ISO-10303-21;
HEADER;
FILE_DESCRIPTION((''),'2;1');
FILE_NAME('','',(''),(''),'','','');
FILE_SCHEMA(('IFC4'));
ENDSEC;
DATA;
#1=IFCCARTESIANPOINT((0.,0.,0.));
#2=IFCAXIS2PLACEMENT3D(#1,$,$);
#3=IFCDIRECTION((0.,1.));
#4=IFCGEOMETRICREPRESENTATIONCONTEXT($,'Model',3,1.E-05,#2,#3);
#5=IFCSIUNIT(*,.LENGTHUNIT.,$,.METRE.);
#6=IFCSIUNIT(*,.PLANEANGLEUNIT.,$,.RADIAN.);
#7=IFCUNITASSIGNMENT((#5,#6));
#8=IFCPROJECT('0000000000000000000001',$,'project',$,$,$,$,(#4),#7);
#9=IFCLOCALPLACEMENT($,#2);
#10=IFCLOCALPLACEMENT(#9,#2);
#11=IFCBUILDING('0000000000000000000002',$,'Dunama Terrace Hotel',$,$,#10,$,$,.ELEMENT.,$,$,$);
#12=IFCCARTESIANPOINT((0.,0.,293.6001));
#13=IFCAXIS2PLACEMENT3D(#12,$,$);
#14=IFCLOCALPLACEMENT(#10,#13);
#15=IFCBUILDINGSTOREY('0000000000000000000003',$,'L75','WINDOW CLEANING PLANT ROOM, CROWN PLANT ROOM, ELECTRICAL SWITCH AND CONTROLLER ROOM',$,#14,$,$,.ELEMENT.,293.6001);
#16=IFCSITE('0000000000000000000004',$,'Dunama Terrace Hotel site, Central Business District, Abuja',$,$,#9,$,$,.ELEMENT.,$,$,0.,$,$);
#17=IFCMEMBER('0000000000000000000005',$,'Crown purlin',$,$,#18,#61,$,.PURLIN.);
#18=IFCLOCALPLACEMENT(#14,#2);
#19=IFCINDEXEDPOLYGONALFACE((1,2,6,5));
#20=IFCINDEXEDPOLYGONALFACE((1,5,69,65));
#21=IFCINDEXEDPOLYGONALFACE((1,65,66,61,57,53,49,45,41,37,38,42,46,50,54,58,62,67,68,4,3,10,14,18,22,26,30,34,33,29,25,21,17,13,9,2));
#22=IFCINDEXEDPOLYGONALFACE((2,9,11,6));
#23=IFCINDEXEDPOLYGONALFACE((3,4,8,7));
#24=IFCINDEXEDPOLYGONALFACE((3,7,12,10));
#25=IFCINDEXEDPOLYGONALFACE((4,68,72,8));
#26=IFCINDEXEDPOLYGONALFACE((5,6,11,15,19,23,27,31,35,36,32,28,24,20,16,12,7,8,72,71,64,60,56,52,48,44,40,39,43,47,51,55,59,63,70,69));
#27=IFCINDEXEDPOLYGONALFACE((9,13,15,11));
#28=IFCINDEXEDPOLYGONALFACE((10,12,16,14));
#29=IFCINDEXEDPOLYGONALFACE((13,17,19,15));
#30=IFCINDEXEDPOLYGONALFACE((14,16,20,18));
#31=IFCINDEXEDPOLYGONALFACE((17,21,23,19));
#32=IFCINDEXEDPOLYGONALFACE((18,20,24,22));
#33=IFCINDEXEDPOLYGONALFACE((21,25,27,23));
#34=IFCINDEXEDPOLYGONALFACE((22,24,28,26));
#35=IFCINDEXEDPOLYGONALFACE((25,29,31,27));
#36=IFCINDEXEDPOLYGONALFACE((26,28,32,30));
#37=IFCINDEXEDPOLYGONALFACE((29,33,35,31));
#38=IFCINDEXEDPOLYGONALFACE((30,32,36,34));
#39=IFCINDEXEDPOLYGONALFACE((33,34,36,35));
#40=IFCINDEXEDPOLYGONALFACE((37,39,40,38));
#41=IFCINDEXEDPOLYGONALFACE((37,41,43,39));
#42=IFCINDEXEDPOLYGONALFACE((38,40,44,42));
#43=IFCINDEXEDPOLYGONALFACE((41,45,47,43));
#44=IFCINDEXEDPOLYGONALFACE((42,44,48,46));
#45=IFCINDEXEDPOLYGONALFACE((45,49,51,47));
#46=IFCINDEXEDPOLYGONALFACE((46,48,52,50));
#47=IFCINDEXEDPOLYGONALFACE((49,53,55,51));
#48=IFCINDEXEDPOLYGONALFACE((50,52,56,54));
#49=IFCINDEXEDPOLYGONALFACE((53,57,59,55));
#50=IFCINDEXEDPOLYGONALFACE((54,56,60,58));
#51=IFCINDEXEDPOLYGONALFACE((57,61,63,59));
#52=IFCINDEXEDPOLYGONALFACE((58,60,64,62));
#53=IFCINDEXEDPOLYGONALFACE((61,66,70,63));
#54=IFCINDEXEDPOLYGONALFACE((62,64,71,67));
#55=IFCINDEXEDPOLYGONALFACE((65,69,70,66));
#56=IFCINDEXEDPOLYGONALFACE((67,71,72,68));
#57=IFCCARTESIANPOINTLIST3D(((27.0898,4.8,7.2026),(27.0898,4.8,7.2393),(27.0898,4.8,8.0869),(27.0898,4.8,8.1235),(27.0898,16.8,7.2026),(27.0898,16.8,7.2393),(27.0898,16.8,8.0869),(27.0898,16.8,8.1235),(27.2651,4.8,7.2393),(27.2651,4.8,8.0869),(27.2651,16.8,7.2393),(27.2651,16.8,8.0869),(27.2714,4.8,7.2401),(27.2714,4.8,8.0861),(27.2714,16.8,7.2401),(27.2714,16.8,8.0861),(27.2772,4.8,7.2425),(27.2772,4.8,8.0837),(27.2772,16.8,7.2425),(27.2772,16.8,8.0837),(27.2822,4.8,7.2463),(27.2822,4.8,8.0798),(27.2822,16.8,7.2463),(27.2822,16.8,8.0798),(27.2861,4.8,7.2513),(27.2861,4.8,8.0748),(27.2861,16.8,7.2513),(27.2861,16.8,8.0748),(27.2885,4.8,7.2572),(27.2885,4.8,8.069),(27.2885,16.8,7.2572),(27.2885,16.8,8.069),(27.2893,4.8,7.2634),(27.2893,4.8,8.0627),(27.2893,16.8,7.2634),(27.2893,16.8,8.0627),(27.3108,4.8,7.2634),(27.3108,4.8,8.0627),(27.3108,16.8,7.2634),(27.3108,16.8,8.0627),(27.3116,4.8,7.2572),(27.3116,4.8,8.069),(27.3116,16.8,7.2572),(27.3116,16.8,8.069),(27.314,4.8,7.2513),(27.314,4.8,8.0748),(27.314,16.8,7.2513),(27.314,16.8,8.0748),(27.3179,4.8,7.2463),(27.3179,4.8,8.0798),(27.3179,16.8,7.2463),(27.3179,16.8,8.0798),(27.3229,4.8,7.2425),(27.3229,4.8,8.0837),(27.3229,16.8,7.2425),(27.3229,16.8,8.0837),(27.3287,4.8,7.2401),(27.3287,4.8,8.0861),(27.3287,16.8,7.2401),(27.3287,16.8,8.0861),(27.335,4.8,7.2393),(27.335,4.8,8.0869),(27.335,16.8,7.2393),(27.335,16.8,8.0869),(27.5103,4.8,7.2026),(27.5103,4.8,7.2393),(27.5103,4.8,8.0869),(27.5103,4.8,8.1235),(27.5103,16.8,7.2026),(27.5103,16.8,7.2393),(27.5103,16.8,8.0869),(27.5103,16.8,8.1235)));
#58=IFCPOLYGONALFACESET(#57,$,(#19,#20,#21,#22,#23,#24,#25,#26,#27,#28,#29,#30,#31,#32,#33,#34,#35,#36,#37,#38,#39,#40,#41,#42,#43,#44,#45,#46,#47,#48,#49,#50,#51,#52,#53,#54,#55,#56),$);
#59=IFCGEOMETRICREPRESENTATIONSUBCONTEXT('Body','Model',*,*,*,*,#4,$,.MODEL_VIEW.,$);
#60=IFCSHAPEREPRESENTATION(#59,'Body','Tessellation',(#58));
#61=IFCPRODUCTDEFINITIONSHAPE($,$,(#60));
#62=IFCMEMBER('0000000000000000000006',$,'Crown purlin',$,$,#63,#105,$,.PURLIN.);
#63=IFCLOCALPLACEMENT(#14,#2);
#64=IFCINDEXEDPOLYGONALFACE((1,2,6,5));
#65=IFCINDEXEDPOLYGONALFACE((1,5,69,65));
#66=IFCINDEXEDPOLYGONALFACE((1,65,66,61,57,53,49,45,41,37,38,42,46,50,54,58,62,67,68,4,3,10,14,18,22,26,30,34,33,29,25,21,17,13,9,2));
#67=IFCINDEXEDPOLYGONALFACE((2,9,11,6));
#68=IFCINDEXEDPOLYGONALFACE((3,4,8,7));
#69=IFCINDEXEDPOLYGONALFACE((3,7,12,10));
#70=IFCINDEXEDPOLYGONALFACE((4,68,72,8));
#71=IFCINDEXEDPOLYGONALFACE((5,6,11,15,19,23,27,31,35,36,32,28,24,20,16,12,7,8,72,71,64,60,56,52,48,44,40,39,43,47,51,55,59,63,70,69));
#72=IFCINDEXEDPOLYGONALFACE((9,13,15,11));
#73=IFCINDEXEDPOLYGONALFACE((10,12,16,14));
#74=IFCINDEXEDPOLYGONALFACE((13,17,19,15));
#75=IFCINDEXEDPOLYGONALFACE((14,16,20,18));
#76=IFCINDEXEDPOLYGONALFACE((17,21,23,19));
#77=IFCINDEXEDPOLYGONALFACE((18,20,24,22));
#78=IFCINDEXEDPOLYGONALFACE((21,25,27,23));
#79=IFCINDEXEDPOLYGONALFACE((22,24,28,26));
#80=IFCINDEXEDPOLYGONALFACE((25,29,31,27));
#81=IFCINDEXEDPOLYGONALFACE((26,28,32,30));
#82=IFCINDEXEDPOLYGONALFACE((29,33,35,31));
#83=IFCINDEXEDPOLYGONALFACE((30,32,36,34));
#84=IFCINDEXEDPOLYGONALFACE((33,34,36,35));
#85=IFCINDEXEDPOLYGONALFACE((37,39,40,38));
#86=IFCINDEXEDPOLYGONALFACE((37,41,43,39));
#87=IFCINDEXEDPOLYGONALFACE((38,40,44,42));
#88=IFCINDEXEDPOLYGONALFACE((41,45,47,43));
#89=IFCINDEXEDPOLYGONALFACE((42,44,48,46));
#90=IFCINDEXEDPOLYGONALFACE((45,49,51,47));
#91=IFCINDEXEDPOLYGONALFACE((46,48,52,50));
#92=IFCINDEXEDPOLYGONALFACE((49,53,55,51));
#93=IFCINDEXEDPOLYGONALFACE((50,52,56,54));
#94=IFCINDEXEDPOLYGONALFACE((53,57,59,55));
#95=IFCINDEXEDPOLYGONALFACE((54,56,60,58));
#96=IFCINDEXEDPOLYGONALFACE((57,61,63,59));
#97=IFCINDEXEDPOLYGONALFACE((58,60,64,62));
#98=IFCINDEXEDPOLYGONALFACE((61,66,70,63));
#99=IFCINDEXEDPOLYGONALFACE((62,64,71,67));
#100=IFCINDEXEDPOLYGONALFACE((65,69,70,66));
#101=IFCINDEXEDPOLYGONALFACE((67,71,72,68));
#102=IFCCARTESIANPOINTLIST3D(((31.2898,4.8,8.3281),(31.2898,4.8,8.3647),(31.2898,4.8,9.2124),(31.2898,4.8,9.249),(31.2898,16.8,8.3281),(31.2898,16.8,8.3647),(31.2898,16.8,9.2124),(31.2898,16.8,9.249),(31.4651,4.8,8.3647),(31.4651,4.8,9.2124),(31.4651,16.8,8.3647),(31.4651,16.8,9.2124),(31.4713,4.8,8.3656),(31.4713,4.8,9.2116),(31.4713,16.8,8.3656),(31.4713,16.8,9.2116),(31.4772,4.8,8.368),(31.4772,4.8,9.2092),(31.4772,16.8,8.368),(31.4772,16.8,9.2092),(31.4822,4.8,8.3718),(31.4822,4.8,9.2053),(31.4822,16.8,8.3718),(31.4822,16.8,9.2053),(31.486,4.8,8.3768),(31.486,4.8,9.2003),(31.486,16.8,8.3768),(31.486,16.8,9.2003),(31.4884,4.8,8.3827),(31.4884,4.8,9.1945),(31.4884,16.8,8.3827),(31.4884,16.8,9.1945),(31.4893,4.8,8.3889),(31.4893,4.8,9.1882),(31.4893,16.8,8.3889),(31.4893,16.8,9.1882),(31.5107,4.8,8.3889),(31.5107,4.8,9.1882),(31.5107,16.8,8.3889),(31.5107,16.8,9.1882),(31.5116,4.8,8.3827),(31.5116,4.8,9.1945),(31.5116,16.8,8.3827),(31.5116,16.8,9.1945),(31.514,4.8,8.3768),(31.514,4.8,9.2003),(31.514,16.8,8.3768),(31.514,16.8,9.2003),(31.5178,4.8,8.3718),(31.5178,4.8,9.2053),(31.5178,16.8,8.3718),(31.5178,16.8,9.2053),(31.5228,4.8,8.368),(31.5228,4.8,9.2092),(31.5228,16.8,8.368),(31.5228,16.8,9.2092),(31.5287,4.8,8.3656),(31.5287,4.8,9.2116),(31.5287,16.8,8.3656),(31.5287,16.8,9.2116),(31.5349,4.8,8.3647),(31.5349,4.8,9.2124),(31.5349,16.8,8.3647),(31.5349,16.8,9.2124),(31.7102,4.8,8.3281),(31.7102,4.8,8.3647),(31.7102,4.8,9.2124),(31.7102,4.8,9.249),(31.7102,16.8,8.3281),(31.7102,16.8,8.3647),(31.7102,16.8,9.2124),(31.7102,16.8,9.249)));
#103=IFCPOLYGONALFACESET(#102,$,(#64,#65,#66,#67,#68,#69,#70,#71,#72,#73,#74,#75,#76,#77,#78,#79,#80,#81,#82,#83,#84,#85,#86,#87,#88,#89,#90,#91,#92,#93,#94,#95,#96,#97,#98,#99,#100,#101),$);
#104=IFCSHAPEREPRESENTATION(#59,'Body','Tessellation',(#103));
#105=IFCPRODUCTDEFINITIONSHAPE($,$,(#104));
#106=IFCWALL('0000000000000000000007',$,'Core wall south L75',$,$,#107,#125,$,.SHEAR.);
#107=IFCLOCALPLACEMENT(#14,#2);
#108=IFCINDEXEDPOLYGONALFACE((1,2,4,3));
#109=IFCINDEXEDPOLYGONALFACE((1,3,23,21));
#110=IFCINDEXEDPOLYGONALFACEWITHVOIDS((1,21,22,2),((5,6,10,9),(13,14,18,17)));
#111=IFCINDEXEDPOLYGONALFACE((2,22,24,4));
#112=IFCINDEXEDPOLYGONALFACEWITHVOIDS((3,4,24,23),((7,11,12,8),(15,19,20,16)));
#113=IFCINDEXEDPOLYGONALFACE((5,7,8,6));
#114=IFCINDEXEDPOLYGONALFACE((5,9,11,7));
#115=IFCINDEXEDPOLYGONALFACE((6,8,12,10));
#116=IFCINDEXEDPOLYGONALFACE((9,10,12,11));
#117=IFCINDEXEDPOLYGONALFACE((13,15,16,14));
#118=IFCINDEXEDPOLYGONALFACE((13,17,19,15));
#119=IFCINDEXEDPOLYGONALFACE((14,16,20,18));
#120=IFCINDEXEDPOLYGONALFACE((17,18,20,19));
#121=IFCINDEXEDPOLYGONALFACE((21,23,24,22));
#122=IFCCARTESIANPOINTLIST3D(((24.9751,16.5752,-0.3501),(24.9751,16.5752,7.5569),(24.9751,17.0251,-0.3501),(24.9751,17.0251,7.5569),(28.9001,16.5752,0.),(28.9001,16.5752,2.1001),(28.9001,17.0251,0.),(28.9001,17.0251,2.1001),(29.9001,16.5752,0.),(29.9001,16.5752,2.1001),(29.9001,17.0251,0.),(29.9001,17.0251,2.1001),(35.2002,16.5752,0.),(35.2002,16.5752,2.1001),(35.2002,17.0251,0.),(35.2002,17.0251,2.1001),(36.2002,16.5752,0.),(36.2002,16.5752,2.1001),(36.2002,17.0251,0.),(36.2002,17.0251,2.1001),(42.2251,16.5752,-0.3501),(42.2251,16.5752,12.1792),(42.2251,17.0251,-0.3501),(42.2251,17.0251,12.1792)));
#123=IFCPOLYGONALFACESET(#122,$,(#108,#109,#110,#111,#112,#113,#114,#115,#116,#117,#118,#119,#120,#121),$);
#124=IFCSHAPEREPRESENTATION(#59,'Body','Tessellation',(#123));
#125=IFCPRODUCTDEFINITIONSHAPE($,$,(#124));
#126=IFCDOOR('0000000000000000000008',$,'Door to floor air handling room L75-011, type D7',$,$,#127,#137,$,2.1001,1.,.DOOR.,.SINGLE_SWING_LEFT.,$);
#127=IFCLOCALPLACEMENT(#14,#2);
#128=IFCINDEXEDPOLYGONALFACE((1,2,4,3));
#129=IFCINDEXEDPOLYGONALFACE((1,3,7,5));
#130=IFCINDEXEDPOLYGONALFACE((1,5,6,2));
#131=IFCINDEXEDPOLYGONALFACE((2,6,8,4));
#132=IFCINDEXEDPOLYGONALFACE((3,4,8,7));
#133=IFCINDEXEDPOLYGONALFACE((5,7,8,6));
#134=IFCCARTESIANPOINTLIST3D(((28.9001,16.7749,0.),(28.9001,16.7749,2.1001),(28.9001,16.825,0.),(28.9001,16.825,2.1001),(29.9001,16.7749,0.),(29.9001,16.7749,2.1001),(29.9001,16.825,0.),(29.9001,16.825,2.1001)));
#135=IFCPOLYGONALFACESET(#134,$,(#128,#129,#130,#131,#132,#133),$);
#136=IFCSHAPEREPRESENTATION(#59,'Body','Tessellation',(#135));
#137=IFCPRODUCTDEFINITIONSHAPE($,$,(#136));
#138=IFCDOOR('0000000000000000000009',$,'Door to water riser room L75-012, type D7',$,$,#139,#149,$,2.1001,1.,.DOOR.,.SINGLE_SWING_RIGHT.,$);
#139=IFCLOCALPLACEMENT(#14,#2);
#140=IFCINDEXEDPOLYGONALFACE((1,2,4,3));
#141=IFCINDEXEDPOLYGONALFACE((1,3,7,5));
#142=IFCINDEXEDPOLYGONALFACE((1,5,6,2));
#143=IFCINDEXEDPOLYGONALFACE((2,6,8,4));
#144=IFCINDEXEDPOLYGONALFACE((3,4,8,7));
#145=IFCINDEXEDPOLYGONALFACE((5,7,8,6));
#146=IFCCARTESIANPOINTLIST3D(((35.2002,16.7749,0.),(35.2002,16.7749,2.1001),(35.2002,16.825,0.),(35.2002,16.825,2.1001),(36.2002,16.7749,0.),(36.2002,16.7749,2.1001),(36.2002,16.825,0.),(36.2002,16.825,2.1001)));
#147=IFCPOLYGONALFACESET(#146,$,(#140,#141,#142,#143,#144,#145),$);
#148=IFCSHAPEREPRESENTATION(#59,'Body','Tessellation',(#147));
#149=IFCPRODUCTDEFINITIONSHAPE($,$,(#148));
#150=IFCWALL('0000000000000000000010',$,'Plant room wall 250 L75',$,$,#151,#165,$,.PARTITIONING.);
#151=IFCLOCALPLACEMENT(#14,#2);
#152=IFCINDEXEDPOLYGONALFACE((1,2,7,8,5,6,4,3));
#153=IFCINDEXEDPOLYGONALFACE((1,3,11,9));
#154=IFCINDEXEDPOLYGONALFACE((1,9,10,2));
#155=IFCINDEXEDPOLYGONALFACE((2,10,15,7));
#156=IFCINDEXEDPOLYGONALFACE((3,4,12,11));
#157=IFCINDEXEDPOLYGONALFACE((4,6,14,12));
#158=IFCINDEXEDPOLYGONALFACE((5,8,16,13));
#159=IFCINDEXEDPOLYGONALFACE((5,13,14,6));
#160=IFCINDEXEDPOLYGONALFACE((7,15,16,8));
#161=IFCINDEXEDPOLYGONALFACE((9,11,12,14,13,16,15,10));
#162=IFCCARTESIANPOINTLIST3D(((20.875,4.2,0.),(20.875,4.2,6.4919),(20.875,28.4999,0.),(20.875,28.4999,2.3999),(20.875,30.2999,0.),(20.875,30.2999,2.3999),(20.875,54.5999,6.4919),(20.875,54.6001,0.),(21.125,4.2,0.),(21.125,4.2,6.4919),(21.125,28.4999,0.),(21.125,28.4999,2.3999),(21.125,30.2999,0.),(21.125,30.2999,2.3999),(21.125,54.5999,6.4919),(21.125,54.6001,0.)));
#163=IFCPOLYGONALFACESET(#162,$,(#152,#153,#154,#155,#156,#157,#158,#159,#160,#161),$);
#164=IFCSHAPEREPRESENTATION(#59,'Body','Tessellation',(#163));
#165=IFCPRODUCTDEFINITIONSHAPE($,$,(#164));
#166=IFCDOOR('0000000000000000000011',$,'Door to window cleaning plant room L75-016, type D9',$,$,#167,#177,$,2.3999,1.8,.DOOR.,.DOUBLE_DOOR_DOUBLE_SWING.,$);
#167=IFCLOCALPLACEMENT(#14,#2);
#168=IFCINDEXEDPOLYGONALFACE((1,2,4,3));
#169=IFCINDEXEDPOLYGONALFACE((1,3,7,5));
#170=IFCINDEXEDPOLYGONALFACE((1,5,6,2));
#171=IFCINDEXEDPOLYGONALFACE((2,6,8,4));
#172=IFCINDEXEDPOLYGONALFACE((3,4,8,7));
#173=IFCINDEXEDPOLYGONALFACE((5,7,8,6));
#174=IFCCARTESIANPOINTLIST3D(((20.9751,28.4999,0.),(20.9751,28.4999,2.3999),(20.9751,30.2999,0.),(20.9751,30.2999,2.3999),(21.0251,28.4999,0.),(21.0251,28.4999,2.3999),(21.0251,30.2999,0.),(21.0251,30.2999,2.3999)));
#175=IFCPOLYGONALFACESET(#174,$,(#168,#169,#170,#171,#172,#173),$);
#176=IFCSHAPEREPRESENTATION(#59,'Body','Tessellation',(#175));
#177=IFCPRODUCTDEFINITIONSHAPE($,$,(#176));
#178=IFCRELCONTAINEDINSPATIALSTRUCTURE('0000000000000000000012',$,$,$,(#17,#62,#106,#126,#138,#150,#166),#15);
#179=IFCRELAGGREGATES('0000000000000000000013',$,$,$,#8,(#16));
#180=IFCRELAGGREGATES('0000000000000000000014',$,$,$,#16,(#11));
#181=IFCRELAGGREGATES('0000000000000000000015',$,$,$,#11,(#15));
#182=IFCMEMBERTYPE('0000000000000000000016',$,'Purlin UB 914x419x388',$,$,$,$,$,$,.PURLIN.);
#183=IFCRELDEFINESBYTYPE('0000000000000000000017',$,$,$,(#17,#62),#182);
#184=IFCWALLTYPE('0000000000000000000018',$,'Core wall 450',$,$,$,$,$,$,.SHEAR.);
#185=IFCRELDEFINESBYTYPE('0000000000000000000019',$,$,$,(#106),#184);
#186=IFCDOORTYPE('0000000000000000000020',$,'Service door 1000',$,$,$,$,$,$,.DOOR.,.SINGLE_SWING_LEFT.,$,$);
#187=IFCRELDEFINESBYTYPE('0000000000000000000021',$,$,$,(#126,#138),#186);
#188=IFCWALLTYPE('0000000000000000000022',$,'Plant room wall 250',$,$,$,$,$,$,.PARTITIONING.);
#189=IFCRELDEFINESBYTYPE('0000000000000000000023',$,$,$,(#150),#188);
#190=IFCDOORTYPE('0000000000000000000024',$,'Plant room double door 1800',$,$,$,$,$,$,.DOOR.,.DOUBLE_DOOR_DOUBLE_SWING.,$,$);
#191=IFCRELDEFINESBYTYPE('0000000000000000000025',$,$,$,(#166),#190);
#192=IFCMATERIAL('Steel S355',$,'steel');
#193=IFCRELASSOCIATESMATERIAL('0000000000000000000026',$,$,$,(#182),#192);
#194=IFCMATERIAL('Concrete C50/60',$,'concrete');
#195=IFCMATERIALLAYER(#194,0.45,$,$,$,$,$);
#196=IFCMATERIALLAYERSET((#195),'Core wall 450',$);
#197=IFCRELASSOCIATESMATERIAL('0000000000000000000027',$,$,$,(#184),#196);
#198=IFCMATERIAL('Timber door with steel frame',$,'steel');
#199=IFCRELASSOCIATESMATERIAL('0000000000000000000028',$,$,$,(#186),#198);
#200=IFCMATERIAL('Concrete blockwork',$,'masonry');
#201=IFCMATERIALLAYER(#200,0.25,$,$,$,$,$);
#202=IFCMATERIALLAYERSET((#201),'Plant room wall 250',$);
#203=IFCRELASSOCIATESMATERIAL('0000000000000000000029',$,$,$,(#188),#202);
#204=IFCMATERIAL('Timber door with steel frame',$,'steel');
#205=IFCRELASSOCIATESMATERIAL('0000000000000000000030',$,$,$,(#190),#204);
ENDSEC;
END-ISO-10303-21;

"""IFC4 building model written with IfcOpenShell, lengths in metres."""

from ifc_helpers import new_model, si_unit, direction, frame, frame_2d, origin, origin_2d, place, context, subcontext, project, spatial, polyline, rectangle, i_section, outline, extrude, material, layer, layer_set, material_profile, profile_set, type_object, element, fill, save


model = new_model("IFC4")

# Units and contexts
model_context = context("Model", 3, precision=1e-05, world=origin(), true_north=direction((0.0, 1.0)))
body_context = subcontext(model_context, "Body", "Model", "MODEL_VIEW")
ifc_project = project(units=[si_unit("LENGTHUNIT", "METRE"), si_unit("PLANEANGLEUNIT", "RADIAN")], contexts=[model_context])

# Site, building, storey
site_placement = place(None, origin())
site = spatial("IfcSite", under=ifc_project, at=site_placement, Name="Dunama Terrace Hotel site, Central Business District, Abuja", CompositionType="ELEMENT", RefElevation=0.0)
building_placement = place(site_placement, origin())
building = spatial("IfcBuilding", under=site, at=building_placement, Name="Dunama Terrace Hotel", CompositionType="ELEMENT")
storey_placement = place(building_placement, frame((0.0, 0.0, 293.6001)))
storey = spatial("IfcBuildingStorey", under=building, at=storey_placement, Name="L75", Description="WINDOW CLEANING PLANT ROOM, CROWN PLANT ROOM, ELECTRICAL SWITCH AND CONTROLLER ROOM", CompositionType="ELEMENT", Elevation=293.6001)

# Members
ifc_material_1 = material(Name="Steel S355", Category="steel")
ifc_material_profile_1 = material_profile(ifc_material_1, i_section(OverallWidth=0.4204, OverallDepth=0.9209, WebThickness=0.0215, FlangeThickness=0.0366, FilletRadius=0.0242, at=origin_2d()), Name="UB 914x419x388")
ifc_profile_set_1 = profile_set([ifc_material_profile_1], Name="Steel S355")
member_type_1 = type_object("IfcMemberType", Name="Purlin UB 914x419x388", PredefinedType="PURLIN", material=ifc_profile_set_1)
for number, where, z_axis, x_axis, name in (
    (1, (27.3, 4.8, 7.6631), (0.0, 1.0, 0.0), (-1.0, 0.0, 0.0), "Crown purlin"),
    (2, (31.5, 4.8, 8.7886), (0.0, 1.0, 0.0), (-1.0, 0.0, 0.0), "Crown purlin"),
):
    element("IfcMember", number, at=place(storey_placement, frame(where, z_axis=z_axis, x_axis=x_axis)), inside=storey, type_object=member_type_1, Name=name, PredefinedType="PURLIN", context=body_context, shape_type="SweptSolid", body=[
        extrude(i_section(OverallWidth=0.4204, OverallDepth=0.9209, WebThickness=0.0215, FlangeThickness=0.0366, FilletRadius=0.0242, at=origin_2d()), origin(), (0.0, 0.0, 1.0), 12.0),
    ])

# Wall, openings, doors
ifc_material_2 = material(Name="Concrete C50/60", Category="concrete")
ifc_layer_1 = layer(ifc_material_2, 0.45)
ifc_layer_set_1 = layer_set([ifc_layer_1], Name="Core wall 450")
wall_type_1 = type_object("IfcWallType", Name="Core wall 450", PredefinedType="SHEAR", material=ifc_layer_set_1)
wall_1_placement = place(storey_placement, frame((24.9751, 16.8, -0.3501), z_axis=(0.0, 0.0, 1.0), x_axis=(1.0, 0.0, 0.0)))
wall_1 = element("IfcWall", 3, at=wall_1_placement, inside=storey, type_object=wall_type_1, Name="Core wall south L75", PredefinedType="SHEAR", context=body_context, shape_type="SweptSolid", body=[
    extrude(outline(polyline([(0.0, 0.0), (17.25, 0.0), (17.25, 12.5293), (0.0, 7.907), (0.0, 0.0)])), frame((0.0, 0.2251, 0.0), z_axis=(0.0, -1.0, 0.0), x_axis=(1.0, 0.0, 0.0)), (0.0, 0.0, 1.0), 0.45),
])
opening_1_placement = place(wall_1_placement, frame((3.925, 0.0, 0.3501)))
opening_1 = element("IfcOpeningElement", 4, at=opening_1_placement, cuts=wall_1, PredefinedType="OPENING", context=body_context, shape_type="SweptSolid", body=[
    extrude(rectangle(XDim=1.0, YDim=2.1001, at=frame_2d((0.5, 1.05))), frame((0.0, 0.2349, 0.0), z_axis=(0.0, -1.0, 0.0), x_axis=(1.0, 0.0, 0.0)), (0.0, 0.0, 1.0), 0.47),
])
opening_2_placement = place(wall_1_placement, frame((10.2251, 0.0, 0.3501)))
opening_2 = element("IfcOpeningElement", 5, at=opening_2_placement, cuts=wall_1, PredefinedType="OPENING", context=body_context, shape_type="SweptSolid", body=[
    extrude(rectangle(XDim=1.0, YDim=2.1001, at=frame_2d((0.5, 1.05))), frame((0.0, 0.2349, 0.0), z_axis=(0.0, -1.0, 0.0), x_axis=(1.0, 0.0, 0.0)), (0.0, 0.0, 1.0), 0.47),
])
ifc_material_3 = material(Name="Timber door with steel frame", Category="steel")
door_type_1 = type_object("IfcDoorType", Name="Service door 1000", OperationType="SINGLE_SWING_LEFT", PredefinedType="DOOR", material=ifc_material_3)
door_1_placement = place(opening_1_placement, origin())
door_1 = element("IfcDoor", 6, at=door_1_placement, inside=storey, type_object=door_type_1, Name="Door to floor air handling room L75-011, type D7", OperationType="SINGLE_SWING_LEFT", OverallHeight=2.1001, OverallWidth=1.0, PredefinedType="DOOR", context=body_context, shape_type="SweptSolid", body=[
    extrude(rectangle(XDim=1.0, YDim=2.1001, at=frame_2d((0.5, 1.05))), frame((0.0, 0.0249, 0.0), z_axis=(0.0, -1.0, 0.0), x_axis=(1.0, 0.0, 0.0)), (0.0, 0.0, 1.0), 0.05),
])
fill(opening_1, door_1)
door_2_placement = place(opening_2_placement, origin())
door_2 = element("IfcDoor", 7, at=door_2_placement, inside=storey, type_object=door_type_1, Name="Door to water riser room L75-012, type D7", OperationType="SINGLE_SWING_RIGHT", OverallHeight=2.1001, OverallWidth=1.0, PredefinedType="DOOR", context=body_context, shape_type="SweptSolid", body=[
    extrude(rectangle(XDim=1.0, YDim=2.1001, at=frame_2d((0.5, 1.05))), frame((0.0, 0.0249, 0.0), z_axis=(0.0, -1.0, 0.0), x_axis=(1.0, 0.0, 0.0)), (0.0, 0.0, 1.0), 0.05),
])
fill(opening_2, door_2)

# Wall, opening, door
ifc_material_4 = material(Name="Concrete blockwork", Category="masonry")
ifc_layer_2 = layer(ifc_material_4, 0.25)
ifc_layer_set_2 = layer_set([ifc_layer_2], Name="Plant room wall 250")
wall_type_2 = type_object("IfcWallType", Name="Plant room wall 250", PredefinedType="PARTITIONING", material=ifc_layer_set_2)
wall_2_placement = place(storey_placement, frame((21.0, 4.2, 0.0), z_axis=(0.0, 0.0, 1.0), x_axis=(0.0, 1.0, 0.0)))
wall_2 = element("IfcWall", 8, at=wall_2_placement, inside=storey, type_object=wall_type_2, Name="Plant room wall 250 L75", PredefinedType="PARTITIONING", context=body_context, shape_type="SweptSolid", body=[
    extrude(outline(polyline([(0.0, 0.0), (50.4001, 0.0), (50.3999, 6.4919), (0.0, 6.4919), (0.0, 0.0)])), frame((0.0, 0.125, 0.0), z_axis=(0.0, -1.0, 0.0), x_axis=(1.0, 0.0, 0.0)), (0.0, 0.0, 1.0), 0.25),
])
opening_3_placement = place(wall_2_placement, frame((24.3, 0.0, 0.0)))
opening_3 = element("IfcOpeningElement", 9, at=opening_3_placement, cuts=wall_2, PredefinedType="OPENING", context=body_context, shape_type="SweptSolid", body=[
    extrude(rectangle(XDim=1.8, YDim=2.3999, at=frame_2d((0.8999, 1.2))), frame((0.0, 0.135, 0.0), z_axis=(0.0, -1.0, 0.0), x_axis=(1.0, 0.0, 0.0)), (0.0, 0.0, 1.0), 0.27),
])
ifc_material_5 = material(Name="Timber door with steel frame", Category="steel")
door_type_2 = type_object("IfcDoorType", Name="Plant room double door 1800", OperationType="DOUBLE_DOOR_DOUBLE_SWING", PredefinedType="DOOR", material=ifc_material_5)
door_3_placement = place(opening_3_placement, origin())
door_3 = element("IfcDoor", 10, at=door_3_placement, inside=storey, type_object=door_type_2, Name="Door to window cleaning plant room L75-016, type D9", OperationType="DOUBLE_DOOR_DOUBLE_SWING", OverallHeight=2.3999, OverallWidth=1.8, PredefinedType="DOOR", context=body_context, shape_type="SweptSolid", body=[
    extrude(rectangle(XDim=1.8, YDim=2.3999, at=frame_2d((0.8999, 1.2))), frame((0.0, 0.0249, 0.0), z_axis=(0.0, -1.0, 0.0), x_axis=(1.0, 0.0, 0.0)), (0.0, 0.0, 1.0), 0.05),
])
fill(opening_3, door_3)

save(model, "model.ifc")
